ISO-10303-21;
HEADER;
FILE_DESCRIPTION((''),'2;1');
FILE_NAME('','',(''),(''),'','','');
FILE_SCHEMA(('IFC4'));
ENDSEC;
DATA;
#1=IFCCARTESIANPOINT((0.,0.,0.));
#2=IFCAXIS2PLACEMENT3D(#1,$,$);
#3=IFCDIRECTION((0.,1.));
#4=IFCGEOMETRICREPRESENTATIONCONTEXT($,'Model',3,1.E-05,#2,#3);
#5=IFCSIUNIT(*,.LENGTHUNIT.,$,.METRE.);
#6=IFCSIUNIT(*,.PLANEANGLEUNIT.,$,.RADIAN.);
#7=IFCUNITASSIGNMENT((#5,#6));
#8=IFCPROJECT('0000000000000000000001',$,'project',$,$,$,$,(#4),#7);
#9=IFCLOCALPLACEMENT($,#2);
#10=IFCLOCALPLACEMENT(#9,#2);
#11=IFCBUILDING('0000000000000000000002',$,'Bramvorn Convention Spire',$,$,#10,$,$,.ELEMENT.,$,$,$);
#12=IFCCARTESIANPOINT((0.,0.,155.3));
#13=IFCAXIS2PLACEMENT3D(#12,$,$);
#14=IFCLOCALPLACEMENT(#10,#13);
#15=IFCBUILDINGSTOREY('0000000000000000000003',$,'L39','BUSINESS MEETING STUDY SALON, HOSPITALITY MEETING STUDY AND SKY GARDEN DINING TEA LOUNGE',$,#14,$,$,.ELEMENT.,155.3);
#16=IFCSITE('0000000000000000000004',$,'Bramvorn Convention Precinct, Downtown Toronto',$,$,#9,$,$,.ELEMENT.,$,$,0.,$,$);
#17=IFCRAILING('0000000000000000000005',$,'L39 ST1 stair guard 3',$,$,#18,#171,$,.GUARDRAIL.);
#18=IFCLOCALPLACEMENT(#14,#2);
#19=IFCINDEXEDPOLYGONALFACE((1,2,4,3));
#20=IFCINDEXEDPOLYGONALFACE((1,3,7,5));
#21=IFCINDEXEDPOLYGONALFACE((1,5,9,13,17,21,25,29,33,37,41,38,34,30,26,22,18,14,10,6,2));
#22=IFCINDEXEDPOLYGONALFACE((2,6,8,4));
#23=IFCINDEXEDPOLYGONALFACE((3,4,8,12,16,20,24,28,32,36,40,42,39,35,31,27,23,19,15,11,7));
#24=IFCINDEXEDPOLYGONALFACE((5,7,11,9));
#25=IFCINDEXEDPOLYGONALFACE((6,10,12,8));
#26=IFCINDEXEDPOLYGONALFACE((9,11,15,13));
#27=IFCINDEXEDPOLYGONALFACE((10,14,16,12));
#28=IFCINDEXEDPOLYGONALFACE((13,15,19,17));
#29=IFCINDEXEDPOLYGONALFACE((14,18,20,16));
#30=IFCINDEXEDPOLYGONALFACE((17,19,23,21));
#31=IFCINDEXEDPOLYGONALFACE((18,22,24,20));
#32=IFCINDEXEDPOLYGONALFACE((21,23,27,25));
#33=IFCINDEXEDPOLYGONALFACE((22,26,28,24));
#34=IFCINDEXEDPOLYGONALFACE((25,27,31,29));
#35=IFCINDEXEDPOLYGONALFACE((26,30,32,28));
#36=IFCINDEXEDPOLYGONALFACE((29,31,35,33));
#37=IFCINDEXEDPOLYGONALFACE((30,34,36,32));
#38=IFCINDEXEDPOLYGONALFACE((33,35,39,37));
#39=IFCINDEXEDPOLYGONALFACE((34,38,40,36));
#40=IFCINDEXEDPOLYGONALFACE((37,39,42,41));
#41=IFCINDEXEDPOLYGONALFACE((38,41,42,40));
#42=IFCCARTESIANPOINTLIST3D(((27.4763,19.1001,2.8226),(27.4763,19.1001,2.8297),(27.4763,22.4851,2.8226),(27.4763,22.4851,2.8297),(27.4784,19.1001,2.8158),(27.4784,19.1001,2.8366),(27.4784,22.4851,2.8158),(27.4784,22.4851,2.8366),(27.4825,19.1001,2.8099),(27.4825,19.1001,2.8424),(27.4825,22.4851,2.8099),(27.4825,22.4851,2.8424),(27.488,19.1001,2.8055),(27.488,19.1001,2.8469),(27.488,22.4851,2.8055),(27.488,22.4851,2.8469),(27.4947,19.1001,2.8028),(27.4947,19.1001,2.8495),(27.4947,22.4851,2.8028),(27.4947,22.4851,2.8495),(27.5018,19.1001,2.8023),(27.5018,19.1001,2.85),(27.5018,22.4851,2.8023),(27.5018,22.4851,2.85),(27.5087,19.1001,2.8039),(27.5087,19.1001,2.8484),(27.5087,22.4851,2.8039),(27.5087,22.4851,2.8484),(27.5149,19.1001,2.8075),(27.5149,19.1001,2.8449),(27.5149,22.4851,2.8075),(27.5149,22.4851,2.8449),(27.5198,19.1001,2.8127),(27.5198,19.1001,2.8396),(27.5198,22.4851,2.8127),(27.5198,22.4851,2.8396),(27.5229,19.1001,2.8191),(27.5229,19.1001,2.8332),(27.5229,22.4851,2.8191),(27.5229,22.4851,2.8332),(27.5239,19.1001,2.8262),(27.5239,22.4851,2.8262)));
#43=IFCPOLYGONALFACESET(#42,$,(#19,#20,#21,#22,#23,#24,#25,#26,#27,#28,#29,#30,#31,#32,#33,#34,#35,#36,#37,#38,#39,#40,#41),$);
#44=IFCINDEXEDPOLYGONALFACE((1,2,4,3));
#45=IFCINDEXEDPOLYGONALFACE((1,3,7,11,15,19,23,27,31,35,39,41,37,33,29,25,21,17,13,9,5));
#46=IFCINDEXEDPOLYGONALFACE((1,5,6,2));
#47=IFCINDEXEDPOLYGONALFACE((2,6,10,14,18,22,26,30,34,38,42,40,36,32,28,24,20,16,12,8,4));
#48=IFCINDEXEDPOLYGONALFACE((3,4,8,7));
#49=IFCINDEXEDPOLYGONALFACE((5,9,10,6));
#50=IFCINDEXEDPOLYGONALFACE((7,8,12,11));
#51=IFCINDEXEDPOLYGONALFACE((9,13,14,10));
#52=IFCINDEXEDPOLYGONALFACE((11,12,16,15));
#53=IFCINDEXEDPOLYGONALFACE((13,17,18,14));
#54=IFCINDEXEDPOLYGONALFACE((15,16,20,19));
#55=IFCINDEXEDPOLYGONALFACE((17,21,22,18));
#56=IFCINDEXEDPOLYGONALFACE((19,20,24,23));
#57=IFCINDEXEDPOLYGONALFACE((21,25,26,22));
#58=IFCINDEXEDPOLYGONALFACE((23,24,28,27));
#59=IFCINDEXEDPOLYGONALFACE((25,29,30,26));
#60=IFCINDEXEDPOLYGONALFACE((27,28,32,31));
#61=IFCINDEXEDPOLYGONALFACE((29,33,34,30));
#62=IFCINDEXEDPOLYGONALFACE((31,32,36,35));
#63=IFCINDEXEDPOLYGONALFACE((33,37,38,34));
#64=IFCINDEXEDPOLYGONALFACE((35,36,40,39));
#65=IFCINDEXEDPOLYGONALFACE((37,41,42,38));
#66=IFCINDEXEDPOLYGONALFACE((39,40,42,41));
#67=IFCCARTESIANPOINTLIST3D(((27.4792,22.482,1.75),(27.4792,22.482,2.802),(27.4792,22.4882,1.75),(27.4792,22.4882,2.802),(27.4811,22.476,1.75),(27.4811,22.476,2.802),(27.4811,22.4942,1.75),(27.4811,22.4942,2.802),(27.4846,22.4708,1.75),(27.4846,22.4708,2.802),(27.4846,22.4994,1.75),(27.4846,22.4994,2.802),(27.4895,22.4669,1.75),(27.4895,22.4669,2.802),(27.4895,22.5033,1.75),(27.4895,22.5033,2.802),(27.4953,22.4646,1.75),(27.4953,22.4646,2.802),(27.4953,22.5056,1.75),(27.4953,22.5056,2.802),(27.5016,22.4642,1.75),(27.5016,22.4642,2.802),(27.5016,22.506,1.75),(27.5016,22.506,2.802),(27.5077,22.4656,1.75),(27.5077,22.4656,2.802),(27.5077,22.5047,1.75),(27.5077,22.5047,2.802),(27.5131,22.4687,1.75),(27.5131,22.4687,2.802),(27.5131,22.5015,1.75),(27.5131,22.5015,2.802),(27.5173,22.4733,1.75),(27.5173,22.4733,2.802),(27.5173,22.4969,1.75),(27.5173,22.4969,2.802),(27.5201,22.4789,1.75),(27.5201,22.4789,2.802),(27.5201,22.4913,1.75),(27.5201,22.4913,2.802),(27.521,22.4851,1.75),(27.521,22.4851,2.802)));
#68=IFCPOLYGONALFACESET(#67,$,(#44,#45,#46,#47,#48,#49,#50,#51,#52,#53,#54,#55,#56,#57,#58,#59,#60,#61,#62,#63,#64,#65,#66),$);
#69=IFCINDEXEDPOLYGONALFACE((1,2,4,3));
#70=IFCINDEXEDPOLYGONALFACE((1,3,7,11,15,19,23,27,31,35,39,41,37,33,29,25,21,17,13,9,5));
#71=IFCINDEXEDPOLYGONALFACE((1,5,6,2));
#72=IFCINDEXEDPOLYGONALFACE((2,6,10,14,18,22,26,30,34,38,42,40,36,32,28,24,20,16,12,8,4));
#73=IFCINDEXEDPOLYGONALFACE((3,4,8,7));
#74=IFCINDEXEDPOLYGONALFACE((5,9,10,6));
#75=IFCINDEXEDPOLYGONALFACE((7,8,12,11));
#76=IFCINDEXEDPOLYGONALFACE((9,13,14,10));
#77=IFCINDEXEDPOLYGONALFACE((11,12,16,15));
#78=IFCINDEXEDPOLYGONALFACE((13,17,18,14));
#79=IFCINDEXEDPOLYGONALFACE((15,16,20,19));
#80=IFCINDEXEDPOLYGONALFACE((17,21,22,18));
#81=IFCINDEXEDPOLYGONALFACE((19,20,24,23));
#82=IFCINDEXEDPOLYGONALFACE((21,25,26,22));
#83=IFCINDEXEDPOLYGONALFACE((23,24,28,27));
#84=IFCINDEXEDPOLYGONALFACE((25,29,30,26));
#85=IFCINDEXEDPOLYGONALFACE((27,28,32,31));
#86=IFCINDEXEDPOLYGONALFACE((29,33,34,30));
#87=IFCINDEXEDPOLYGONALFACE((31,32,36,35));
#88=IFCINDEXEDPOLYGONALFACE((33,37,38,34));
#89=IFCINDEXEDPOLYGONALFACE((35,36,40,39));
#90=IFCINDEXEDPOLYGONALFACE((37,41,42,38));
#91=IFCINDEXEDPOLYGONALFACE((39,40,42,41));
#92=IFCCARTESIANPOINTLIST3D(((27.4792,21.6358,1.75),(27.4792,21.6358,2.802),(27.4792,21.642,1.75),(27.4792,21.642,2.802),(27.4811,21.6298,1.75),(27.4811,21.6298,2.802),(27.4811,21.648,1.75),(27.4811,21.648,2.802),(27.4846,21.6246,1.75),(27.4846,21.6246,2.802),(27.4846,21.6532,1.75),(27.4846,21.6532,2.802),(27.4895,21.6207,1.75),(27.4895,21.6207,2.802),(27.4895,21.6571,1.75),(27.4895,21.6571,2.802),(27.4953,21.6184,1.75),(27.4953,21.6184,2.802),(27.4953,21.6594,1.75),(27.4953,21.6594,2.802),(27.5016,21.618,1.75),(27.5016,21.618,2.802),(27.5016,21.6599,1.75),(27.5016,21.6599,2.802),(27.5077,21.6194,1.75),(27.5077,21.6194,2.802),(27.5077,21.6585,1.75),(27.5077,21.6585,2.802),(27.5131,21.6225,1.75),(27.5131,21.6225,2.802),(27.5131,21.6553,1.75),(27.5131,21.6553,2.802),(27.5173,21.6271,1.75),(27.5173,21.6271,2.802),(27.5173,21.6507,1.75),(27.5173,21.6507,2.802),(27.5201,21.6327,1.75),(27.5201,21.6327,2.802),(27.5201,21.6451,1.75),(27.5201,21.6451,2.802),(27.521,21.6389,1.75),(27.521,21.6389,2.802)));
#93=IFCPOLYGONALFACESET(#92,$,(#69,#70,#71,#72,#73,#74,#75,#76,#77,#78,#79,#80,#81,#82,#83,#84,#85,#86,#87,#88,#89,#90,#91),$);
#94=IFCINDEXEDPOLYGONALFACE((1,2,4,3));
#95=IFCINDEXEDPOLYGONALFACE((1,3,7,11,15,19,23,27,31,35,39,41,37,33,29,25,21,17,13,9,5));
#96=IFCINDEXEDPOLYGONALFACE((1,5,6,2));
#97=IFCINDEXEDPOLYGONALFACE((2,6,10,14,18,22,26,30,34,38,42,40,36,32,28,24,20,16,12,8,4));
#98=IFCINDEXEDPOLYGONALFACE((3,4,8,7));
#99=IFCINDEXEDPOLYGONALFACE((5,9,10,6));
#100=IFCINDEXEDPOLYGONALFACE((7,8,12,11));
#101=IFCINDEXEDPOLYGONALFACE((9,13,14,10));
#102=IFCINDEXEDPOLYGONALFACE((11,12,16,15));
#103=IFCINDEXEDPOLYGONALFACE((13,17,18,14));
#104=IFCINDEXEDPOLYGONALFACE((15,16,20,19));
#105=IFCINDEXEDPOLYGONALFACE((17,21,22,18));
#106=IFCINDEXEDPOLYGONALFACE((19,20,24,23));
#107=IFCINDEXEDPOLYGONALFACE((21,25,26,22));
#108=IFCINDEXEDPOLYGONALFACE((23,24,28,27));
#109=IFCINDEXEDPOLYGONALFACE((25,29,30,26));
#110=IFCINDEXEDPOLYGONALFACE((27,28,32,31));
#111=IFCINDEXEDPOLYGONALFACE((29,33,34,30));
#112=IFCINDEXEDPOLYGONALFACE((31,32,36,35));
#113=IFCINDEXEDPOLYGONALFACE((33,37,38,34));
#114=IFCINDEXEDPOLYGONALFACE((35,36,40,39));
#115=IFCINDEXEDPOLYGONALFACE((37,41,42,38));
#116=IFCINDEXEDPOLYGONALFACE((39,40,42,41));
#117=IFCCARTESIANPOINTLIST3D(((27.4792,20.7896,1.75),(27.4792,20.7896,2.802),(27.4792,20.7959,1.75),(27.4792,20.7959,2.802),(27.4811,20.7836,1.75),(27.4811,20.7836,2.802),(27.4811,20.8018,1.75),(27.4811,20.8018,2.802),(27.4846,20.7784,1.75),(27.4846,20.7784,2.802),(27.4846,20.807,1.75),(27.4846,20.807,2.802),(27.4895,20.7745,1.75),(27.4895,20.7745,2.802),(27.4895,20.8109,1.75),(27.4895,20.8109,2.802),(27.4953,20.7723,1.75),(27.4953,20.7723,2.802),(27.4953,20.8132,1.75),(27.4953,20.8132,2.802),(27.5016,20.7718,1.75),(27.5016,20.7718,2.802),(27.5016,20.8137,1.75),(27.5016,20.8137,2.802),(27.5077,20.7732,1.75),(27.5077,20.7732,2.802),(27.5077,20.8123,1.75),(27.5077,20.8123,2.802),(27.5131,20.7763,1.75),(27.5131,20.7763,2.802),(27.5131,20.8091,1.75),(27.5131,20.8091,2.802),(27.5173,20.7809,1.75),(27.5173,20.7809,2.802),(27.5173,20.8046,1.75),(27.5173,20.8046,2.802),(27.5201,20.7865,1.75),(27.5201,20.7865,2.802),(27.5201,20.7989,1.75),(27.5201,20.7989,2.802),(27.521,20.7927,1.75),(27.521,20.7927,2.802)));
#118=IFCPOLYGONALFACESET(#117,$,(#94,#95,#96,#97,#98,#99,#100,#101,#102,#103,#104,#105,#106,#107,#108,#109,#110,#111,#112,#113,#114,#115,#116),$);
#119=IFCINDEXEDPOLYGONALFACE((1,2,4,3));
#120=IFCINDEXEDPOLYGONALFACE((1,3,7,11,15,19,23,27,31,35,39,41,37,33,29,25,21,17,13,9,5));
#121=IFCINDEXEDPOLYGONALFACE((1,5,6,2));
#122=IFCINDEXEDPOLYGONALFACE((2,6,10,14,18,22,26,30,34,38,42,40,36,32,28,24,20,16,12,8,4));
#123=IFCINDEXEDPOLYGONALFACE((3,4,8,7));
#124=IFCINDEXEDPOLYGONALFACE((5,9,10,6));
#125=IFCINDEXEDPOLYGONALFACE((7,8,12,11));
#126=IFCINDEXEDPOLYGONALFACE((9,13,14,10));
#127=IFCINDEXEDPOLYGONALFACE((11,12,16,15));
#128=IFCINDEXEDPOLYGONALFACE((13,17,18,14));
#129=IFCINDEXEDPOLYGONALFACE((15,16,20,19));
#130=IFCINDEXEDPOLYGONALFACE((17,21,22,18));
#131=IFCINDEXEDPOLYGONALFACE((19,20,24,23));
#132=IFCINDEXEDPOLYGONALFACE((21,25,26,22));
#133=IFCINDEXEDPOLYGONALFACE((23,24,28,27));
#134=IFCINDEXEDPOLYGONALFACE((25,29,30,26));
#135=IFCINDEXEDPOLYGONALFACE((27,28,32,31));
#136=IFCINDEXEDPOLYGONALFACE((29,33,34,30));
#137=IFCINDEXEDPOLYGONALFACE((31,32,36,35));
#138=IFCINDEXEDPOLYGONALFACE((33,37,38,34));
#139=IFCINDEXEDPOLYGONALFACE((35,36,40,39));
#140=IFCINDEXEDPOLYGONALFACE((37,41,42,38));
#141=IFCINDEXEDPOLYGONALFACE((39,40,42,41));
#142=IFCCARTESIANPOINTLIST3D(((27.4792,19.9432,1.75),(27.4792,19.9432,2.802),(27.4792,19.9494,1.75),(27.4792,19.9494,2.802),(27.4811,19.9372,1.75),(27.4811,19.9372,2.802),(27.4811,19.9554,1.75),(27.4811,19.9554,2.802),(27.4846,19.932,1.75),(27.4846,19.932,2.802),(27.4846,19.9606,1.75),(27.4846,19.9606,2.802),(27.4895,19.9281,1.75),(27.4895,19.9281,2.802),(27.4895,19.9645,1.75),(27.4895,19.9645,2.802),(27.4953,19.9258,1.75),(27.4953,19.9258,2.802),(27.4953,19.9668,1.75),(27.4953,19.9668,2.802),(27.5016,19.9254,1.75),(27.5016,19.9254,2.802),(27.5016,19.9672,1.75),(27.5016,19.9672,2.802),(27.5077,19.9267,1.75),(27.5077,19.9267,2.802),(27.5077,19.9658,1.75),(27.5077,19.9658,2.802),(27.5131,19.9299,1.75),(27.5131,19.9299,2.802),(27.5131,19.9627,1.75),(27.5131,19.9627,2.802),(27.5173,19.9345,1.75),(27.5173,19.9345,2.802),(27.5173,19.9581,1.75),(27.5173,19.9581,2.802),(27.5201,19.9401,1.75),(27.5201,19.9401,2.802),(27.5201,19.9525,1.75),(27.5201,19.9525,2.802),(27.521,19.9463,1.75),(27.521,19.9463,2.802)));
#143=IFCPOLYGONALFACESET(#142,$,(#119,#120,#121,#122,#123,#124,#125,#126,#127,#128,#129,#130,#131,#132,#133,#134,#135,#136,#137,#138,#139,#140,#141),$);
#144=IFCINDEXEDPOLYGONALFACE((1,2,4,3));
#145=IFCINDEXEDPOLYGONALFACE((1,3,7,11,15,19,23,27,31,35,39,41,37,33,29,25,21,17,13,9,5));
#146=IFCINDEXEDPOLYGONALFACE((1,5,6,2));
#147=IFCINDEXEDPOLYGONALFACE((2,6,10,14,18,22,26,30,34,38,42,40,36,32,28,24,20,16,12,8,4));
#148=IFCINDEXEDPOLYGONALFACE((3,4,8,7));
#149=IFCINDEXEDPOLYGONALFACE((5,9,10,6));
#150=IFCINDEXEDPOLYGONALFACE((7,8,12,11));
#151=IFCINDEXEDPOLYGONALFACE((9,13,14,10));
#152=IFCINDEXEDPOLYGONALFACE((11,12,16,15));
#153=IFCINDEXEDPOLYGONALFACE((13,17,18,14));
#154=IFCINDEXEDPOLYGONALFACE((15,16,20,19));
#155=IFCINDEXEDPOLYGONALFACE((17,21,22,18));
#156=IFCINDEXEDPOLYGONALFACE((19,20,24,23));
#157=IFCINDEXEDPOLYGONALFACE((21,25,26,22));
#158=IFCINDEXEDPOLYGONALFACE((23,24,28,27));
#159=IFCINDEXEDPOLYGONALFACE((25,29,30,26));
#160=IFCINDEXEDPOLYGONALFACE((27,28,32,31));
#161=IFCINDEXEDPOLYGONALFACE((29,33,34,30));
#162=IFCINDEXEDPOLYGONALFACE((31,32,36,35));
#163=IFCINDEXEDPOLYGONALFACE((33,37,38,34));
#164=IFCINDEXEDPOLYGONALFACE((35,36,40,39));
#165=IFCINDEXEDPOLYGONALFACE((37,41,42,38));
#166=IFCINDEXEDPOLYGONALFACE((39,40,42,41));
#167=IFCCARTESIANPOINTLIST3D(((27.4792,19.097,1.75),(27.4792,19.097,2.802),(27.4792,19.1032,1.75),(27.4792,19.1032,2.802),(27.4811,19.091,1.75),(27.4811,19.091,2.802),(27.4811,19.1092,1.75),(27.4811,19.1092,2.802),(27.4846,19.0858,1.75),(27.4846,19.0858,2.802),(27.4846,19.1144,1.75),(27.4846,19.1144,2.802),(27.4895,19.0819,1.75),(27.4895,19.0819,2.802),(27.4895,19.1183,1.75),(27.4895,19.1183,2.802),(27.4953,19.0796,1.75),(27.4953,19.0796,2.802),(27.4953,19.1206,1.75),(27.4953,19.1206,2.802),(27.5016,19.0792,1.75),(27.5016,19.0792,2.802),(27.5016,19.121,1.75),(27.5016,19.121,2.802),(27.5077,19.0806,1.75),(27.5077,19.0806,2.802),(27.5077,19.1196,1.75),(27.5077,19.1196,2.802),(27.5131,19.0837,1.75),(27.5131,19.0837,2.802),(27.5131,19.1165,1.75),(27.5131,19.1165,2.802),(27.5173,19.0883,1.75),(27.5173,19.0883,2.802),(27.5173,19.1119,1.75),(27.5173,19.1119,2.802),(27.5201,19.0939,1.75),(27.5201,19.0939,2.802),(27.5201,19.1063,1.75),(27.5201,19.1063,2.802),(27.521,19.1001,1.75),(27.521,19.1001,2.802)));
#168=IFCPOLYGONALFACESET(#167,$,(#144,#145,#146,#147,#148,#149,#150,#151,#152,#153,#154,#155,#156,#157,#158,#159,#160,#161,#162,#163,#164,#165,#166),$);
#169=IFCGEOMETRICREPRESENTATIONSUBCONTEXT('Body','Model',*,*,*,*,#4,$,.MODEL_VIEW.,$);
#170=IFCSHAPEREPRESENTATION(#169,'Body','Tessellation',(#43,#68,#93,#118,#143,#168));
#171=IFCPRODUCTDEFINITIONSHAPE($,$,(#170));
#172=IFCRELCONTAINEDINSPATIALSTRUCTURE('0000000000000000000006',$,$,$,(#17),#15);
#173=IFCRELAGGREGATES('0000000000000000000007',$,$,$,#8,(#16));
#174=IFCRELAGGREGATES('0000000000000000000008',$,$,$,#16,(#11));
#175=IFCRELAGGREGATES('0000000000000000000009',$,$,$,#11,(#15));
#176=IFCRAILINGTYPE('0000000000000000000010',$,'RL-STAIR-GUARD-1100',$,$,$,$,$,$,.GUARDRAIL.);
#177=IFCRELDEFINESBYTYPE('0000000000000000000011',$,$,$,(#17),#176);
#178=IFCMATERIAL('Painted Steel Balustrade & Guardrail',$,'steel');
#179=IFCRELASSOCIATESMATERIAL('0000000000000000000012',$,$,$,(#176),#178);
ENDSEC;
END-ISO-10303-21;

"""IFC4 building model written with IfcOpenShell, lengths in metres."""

from ifc_helpers import new_model, si_unit, direction, frame, origin, origin_2d, place, context, subcontext, project, spatial, circle, extrude, material, type_object, element, save


model = new_model("IFC4")

# Units and contexts
model_context = context("Model", 3, precision=1e-05, world=origin(), true_north=direction((0.0, 1.0)))
body_context = subcontext(model_context, "Body", "Model", "MODEL_VIEW")
ifc_project = project(units=[si_unit("LENGTHUNIT", "METRE"), si_unit("PLANEANGLEUNIT", "RADIAN")], contexts=[model_context])

# Site, building, storey
site_placement = place(None, origin())
site = spatial("IfcSite", under=ifc_project, at=site_placement, Name="Bramvorn Convention Precinct, Downtown Toronto", CompositionType="ELEMENT", RefElevation=0.0)
building_placement = place(site_placement, origin())
building = spatial("IfcBuilding", under=site, at=building_placement, Name="Bramvorn Convention Spire", CompositionType="ELEMENT")
storey_placement = place(building_placement, frame((0.0, 0.0, 155.3)))
storey = spatial("IfcBuildingStorey", under=building, at=storey_placement, Name="L39", Description="BUSINESS MEETING STUDY SALON, HOSPITALITY MEETING STUDY AND SKY GARDEN DINING TEA LOUNGE", CompositionType="ELEMENT", Elevation=155.3)

# Railing
ifc_material_1 = material(Name="Painted Steel Balustrade & Guardrail", Category="steel")
railing_type_1 = type_object("IfcRailingType", Name="RL-STAIR-GUARD-1100", PredefinedType="GUARDRAIL", material=ifc_material_1)
for number, where, name in (
    (1, (27.5, 22.4851, 1.75), "L39 ST1 stair guard 3"),
):
    element("IfcRailing", number, at=place(storey_placement, frame(where)), inside=storey, type_object=railing_type_1, Name=name, PredefinedType="GUARDRAIL", context=body_context, shape_type="SweptSolid", body=[
        extrude(circle(Radius=0.0239, at=origin_2d()), frame((0.0, 0.0, 1.0762), z_axis=(0.0, -1.0, 0.0), x_axis=(1.0, 0.0, 0.0)), (0.0, 0.0, 1.0), 3.385),
        extrude(circle(Radius=0.021, at=origin_2d()), origin(), (0.0, 0.0, 1.0), 1.052),
        extrude(circle(Radius=0.021, at=origin_2d()), frame((0.0, -0.8462, 0.0)), (0.0, 0.0, 1.0), 1.052),
        extrude(circle(Radius=0.021, at=origin_2d()), frame((0.0, -1.6924, 0.0)), (0.0, 0.0, 1.0), 1.052),
        extrude(circle(Radius=0.021, at=origin_2d()), frame((0.0, -2.5388, 0.0)), (0.0, 0.0, 1.0), 1.052),
        extrude(circle(Radius=0.021, at=origin_2d()), frame((0.0, -3.385, 0.0)), (0.0, 0.0, 1.0), 1.052),
    ])

save(model, "model.ifc")
